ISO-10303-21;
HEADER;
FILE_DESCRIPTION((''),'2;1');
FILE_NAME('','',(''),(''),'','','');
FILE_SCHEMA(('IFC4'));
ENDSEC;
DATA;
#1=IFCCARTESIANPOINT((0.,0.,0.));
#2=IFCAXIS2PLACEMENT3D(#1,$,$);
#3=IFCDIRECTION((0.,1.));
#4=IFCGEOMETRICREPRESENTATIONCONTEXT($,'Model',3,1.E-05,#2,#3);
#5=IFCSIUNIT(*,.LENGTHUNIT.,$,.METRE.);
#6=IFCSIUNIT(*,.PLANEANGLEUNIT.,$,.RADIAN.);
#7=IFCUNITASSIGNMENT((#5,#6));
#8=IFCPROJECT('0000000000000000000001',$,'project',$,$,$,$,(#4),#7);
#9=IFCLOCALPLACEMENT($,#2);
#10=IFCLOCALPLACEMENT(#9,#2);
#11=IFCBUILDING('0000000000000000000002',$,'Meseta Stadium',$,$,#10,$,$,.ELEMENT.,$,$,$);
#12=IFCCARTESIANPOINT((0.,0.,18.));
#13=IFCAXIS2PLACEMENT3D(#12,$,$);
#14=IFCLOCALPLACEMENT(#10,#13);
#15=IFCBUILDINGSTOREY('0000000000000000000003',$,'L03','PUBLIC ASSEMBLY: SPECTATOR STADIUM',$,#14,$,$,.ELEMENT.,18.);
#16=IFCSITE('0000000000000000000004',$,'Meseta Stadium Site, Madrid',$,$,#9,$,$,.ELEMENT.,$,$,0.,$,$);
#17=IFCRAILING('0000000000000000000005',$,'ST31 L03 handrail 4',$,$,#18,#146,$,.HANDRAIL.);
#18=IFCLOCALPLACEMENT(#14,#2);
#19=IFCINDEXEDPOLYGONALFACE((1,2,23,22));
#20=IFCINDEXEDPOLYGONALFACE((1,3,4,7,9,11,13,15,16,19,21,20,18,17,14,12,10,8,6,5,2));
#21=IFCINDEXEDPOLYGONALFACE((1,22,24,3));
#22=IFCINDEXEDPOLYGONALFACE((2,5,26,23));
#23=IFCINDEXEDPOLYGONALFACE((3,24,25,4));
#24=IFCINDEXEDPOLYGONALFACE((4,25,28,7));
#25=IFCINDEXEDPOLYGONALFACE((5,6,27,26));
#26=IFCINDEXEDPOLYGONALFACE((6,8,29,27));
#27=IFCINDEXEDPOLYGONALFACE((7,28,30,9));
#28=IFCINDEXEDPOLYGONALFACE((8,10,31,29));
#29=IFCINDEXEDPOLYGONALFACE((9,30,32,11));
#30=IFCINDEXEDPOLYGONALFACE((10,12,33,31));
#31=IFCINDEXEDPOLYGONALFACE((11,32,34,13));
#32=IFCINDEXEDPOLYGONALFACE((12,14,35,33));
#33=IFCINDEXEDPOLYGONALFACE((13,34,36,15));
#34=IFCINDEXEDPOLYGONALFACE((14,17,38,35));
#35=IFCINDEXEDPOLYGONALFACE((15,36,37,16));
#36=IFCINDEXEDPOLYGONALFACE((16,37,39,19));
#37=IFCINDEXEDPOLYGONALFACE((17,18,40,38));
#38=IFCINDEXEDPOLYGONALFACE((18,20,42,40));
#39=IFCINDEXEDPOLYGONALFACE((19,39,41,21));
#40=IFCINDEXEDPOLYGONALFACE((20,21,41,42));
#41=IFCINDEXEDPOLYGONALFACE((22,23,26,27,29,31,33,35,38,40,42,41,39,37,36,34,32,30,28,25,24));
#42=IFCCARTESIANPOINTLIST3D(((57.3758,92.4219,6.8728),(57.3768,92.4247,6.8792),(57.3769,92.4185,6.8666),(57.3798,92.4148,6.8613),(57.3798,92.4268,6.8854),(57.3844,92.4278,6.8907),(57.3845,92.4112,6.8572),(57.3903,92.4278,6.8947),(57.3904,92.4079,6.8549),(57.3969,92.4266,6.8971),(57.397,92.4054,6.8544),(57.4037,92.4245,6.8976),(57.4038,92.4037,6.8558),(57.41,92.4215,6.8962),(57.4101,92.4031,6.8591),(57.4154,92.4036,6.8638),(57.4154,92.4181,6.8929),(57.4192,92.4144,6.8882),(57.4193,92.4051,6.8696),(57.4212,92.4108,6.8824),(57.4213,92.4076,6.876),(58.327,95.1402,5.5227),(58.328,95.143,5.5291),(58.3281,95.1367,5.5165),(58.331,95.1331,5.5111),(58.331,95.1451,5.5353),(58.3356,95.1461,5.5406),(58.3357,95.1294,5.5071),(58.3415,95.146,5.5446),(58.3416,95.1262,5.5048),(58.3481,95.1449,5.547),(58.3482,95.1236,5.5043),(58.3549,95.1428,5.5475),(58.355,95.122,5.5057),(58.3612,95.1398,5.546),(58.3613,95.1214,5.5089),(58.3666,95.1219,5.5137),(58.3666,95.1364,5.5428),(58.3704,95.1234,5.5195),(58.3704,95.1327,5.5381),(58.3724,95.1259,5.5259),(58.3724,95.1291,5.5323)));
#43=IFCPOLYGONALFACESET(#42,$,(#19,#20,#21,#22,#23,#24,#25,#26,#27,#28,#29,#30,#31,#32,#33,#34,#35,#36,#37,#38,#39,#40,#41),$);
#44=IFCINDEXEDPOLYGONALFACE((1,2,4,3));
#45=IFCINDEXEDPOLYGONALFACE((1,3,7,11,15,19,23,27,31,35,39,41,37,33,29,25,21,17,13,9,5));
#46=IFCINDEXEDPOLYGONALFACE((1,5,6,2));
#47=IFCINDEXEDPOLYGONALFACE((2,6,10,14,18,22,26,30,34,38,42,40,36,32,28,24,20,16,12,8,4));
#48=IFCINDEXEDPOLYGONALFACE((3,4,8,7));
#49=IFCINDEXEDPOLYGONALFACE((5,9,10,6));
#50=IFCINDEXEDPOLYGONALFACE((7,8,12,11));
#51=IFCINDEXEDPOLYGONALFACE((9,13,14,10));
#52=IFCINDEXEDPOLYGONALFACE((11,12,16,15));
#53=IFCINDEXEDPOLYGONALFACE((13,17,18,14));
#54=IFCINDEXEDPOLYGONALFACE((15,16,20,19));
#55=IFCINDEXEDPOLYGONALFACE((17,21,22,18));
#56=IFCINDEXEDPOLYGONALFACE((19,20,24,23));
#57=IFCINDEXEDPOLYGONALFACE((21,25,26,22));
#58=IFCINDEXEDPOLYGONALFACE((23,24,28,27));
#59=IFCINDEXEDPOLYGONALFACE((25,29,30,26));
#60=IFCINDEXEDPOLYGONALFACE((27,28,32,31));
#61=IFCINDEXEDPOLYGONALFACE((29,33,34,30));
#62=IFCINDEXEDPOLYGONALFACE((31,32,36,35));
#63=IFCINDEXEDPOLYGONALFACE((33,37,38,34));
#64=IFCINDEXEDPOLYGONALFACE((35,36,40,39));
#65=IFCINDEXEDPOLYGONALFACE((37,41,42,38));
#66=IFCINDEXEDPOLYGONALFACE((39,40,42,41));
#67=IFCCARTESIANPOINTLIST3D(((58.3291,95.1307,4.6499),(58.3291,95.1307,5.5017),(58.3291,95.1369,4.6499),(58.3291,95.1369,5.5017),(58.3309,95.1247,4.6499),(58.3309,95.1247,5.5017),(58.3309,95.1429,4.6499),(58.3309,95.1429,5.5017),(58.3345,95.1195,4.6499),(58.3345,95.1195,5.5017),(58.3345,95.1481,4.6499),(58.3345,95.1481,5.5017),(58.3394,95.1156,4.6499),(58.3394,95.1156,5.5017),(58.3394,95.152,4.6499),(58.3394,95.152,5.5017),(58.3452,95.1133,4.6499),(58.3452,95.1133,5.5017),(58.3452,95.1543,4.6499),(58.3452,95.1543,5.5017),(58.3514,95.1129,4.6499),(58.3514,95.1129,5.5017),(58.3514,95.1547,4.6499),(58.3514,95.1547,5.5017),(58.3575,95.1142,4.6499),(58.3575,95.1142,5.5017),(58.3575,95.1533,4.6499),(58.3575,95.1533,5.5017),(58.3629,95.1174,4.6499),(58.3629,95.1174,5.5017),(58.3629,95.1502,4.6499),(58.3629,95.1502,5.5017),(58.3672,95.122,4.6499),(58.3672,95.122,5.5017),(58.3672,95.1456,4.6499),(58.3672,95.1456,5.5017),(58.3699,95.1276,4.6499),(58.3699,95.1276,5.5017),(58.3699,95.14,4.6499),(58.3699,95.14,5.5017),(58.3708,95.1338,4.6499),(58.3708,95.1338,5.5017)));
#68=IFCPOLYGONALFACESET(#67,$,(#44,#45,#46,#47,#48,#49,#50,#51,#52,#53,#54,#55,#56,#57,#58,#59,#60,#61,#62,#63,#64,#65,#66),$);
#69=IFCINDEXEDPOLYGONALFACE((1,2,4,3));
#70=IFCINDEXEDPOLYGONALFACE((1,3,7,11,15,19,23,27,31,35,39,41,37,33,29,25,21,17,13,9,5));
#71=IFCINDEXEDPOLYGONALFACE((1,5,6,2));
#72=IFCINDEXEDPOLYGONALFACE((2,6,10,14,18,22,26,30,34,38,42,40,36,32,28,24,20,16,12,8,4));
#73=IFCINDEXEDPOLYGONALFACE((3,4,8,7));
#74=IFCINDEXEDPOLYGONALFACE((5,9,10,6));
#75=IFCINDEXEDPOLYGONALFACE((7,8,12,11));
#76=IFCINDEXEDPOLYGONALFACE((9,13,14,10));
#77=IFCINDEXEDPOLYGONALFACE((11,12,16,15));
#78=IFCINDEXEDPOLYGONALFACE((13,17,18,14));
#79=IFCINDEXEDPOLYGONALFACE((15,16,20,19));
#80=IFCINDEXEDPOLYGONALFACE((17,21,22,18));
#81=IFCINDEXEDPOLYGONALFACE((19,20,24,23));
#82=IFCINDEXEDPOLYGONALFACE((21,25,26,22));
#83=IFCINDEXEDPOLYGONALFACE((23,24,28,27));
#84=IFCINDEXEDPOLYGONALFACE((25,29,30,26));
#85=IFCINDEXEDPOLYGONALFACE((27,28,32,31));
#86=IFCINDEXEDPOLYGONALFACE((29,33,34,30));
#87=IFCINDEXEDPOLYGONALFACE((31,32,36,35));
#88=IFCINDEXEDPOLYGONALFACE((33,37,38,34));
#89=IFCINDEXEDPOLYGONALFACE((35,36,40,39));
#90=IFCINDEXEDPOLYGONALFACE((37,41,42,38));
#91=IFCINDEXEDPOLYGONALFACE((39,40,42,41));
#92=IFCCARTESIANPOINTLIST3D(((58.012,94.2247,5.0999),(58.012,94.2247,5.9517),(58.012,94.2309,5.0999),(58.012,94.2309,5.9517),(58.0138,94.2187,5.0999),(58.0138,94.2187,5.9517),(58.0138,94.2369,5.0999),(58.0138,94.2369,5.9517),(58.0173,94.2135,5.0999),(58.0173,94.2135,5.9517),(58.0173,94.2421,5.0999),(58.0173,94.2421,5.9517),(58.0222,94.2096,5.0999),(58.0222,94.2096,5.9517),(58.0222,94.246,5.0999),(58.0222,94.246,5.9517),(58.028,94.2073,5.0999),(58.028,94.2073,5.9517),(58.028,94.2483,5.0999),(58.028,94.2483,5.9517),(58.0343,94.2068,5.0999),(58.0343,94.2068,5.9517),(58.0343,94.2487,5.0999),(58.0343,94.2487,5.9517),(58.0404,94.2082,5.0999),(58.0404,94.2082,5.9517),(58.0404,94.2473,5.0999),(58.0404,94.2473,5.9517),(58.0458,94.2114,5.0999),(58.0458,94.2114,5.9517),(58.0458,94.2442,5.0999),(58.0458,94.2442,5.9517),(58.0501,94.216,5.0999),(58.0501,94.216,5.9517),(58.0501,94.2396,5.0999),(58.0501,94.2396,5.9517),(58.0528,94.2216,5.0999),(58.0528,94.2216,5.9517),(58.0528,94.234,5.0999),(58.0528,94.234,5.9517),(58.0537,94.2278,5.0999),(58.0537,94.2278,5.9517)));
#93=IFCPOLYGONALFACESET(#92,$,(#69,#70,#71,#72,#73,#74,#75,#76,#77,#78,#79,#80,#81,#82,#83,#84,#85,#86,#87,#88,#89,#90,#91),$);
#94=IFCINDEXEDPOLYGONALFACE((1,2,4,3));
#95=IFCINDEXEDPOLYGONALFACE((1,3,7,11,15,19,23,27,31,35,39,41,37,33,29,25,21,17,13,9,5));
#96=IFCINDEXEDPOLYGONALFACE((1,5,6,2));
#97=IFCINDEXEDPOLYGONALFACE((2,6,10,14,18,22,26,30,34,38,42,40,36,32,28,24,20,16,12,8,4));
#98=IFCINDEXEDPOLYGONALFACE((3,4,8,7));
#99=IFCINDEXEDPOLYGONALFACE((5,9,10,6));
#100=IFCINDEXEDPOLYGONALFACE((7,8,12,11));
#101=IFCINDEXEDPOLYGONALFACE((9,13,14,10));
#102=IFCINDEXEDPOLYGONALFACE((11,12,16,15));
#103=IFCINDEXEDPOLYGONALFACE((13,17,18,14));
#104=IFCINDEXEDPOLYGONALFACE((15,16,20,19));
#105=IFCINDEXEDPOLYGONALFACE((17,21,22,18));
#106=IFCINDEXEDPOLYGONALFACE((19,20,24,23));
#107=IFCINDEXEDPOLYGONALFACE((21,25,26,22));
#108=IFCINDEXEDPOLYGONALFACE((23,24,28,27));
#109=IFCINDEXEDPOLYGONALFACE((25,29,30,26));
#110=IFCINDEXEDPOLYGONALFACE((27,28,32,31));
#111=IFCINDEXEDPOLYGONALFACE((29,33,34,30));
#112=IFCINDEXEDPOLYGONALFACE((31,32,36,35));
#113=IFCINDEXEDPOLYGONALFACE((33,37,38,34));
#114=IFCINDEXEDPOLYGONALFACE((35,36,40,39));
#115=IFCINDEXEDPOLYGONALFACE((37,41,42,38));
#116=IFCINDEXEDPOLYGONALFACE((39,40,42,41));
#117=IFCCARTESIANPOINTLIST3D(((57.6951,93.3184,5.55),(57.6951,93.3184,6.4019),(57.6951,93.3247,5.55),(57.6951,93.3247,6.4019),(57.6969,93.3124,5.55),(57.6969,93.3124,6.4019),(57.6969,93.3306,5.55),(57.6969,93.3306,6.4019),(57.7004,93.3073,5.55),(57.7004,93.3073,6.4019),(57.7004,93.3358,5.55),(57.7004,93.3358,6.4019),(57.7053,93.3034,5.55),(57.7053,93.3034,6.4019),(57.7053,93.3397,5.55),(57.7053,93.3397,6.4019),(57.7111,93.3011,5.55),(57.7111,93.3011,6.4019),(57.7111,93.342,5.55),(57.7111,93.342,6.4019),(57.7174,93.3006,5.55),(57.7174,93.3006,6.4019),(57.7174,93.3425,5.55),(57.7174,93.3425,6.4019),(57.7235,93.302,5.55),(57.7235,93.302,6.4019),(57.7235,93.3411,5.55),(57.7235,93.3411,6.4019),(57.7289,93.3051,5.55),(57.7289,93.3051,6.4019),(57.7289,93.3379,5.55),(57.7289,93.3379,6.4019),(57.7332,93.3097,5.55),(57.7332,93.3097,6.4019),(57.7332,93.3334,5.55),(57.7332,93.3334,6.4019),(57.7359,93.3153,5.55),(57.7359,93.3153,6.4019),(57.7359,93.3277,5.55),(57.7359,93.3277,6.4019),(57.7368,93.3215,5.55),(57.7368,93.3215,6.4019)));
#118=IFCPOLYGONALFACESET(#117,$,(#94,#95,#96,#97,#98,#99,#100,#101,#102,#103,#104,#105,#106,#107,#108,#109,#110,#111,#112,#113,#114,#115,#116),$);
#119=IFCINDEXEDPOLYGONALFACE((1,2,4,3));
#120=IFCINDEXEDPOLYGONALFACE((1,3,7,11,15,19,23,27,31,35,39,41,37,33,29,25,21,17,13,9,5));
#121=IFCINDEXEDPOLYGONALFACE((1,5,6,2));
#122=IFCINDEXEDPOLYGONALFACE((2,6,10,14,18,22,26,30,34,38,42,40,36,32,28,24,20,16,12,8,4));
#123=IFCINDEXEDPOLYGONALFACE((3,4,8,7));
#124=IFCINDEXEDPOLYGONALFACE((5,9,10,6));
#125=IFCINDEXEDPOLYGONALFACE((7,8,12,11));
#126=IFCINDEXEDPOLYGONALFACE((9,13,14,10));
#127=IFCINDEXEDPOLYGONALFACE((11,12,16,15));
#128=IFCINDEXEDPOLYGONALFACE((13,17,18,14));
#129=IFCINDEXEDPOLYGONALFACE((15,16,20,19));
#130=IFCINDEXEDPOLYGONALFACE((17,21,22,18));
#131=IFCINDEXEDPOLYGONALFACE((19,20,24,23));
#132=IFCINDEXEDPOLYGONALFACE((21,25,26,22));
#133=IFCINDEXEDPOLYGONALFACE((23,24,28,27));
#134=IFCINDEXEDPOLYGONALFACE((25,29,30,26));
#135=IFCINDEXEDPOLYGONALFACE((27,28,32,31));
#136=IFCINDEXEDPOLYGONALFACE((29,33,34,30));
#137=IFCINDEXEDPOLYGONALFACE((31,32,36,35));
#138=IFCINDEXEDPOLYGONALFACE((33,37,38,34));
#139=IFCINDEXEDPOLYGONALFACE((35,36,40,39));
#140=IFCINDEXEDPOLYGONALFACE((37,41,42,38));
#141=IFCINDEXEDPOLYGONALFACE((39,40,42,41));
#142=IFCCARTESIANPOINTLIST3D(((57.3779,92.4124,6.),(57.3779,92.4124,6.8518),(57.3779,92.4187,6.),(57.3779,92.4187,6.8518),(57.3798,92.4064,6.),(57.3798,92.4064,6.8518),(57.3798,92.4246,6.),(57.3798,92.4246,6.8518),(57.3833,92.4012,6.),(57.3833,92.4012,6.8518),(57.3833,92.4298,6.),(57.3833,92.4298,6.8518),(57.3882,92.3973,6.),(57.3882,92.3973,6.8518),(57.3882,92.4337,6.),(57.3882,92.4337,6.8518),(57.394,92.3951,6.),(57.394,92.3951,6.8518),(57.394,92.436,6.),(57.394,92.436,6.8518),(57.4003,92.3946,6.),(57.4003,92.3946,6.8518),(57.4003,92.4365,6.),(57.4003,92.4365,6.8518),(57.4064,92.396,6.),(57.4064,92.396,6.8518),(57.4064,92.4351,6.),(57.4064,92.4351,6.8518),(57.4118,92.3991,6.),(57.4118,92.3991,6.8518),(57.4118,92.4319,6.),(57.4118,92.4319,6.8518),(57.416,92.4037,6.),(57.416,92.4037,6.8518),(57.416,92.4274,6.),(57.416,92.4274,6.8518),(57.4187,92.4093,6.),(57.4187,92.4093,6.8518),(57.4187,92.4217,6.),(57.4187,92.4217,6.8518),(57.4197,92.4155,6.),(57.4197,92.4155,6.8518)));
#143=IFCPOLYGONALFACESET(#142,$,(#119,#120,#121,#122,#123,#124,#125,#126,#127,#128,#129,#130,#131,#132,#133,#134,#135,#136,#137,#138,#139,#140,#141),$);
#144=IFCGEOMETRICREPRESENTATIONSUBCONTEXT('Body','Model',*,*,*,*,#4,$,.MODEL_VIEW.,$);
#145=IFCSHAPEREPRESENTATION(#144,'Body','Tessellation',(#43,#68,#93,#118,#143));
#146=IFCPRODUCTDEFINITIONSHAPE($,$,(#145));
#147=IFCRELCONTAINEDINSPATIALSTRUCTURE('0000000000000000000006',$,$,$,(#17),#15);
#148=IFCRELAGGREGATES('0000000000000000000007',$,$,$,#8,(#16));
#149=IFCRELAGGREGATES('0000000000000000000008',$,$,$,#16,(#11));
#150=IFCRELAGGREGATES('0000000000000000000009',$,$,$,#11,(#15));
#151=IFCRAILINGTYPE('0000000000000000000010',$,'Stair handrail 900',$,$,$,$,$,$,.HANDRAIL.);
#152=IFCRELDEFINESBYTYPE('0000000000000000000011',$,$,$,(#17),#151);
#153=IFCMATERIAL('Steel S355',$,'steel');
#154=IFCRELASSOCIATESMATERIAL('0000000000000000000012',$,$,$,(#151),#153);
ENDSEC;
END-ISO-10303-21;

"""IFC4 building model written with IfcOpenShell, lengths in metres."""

from ifc_helpers import new_model, si_unit, direction, frame, origin, origin_2d, place, context, subcontext, project, spatial, circle, extrude, material, type_object, element, save


model = new_model("IFC4")

# Units and contexts
model_context = context("Model", 3, precision=1e-05, world=origin(), true_north=direction((0.0, 1.0)))
body_context = subcontext(model_context, "Body", "Model", "MODEL_VIEW")
ifc_project = project(units=[si_unit("LENGTHUNIT", "METRE"), si_unit("PLANEANGLEUNIT", "RADIAN")], contexts=[model_context])

# Site, building, storey
site_placement = place(None, origin())
site = spatial("IfcSite", under=ifc_project, at=site_placement, Name="Meseta Stadium Site, Madrid", CompositionType="ELEMENT", RefElevation=0.0)
building_placement = place(site_placement, origin())
building = spatial("IfcBuilding", under=site, at=building_placement, Name="Meseta Stadium", CompositionType="ELEMENT")
storey_placement = place(building_placement, frame((0.0, 0.0, 18.0)))
storey = spatial("IfcBuildingStorey", under=building, at=storey_placement, Name="L03", Description="PUBLIC ASSEMBLY: SPECTATOR STADIUM", CompositionType="ELEMENT", Elevation=18.0)

# Railing
ifc_material_1 = material(Name="Steel S355", Category="steel")
railing_type_1 = type_object("IfcRailingType", Name="Stair handrail 900", PredefinedType="HANDRAIL", material=ifc_material_1)
for number, where, name in (
    (1, (58.3499, 95.1338, 4.6499), "ST31 L03 handrail 4"),
):
    element("IfcRailing", number, at=place(storey_placement, frame(where)), inside=storey, type_object=railing_type_1, Name=name, PredefinedType="HANDRAIL", context=body_context, shape_type="SweptSolid", body=[
        extrude(circle(Radius=0.0239, at=origin_2d()), frame((0.0, 0.0, 0.876), z_axis=(-0.299051, -0.854629, 0.424474), x_axis=(0.943882, -0.330282, 0.0)), (0.0, 0.0, 1.0), 3.1807),
        extrude(circle(Radius=0.021, at=origin_2d()), origin(), (0.0, 0.0, 1.0), 0.8518),
        extrude(circle(Radius=0.021, at=origin_2d()), frame((-0.3171, -0.906, 0.45)), (0.0, 0.0, 1.0), 0.8518),
        extrude(circle(Radius=0.021, at=origin_2d()), frame((-0.634, -1.8123, 0.9001)), (0.0, 0.0, 1.0), 0.8518),
        extrude(circle(Radius=0.021, at=origin_2d()), frame((-0.9512, -2.7183, 1.3501)), (0.0, 0.0, 1.0), 0.8518),
    ])

save(model, "model.ifc")
